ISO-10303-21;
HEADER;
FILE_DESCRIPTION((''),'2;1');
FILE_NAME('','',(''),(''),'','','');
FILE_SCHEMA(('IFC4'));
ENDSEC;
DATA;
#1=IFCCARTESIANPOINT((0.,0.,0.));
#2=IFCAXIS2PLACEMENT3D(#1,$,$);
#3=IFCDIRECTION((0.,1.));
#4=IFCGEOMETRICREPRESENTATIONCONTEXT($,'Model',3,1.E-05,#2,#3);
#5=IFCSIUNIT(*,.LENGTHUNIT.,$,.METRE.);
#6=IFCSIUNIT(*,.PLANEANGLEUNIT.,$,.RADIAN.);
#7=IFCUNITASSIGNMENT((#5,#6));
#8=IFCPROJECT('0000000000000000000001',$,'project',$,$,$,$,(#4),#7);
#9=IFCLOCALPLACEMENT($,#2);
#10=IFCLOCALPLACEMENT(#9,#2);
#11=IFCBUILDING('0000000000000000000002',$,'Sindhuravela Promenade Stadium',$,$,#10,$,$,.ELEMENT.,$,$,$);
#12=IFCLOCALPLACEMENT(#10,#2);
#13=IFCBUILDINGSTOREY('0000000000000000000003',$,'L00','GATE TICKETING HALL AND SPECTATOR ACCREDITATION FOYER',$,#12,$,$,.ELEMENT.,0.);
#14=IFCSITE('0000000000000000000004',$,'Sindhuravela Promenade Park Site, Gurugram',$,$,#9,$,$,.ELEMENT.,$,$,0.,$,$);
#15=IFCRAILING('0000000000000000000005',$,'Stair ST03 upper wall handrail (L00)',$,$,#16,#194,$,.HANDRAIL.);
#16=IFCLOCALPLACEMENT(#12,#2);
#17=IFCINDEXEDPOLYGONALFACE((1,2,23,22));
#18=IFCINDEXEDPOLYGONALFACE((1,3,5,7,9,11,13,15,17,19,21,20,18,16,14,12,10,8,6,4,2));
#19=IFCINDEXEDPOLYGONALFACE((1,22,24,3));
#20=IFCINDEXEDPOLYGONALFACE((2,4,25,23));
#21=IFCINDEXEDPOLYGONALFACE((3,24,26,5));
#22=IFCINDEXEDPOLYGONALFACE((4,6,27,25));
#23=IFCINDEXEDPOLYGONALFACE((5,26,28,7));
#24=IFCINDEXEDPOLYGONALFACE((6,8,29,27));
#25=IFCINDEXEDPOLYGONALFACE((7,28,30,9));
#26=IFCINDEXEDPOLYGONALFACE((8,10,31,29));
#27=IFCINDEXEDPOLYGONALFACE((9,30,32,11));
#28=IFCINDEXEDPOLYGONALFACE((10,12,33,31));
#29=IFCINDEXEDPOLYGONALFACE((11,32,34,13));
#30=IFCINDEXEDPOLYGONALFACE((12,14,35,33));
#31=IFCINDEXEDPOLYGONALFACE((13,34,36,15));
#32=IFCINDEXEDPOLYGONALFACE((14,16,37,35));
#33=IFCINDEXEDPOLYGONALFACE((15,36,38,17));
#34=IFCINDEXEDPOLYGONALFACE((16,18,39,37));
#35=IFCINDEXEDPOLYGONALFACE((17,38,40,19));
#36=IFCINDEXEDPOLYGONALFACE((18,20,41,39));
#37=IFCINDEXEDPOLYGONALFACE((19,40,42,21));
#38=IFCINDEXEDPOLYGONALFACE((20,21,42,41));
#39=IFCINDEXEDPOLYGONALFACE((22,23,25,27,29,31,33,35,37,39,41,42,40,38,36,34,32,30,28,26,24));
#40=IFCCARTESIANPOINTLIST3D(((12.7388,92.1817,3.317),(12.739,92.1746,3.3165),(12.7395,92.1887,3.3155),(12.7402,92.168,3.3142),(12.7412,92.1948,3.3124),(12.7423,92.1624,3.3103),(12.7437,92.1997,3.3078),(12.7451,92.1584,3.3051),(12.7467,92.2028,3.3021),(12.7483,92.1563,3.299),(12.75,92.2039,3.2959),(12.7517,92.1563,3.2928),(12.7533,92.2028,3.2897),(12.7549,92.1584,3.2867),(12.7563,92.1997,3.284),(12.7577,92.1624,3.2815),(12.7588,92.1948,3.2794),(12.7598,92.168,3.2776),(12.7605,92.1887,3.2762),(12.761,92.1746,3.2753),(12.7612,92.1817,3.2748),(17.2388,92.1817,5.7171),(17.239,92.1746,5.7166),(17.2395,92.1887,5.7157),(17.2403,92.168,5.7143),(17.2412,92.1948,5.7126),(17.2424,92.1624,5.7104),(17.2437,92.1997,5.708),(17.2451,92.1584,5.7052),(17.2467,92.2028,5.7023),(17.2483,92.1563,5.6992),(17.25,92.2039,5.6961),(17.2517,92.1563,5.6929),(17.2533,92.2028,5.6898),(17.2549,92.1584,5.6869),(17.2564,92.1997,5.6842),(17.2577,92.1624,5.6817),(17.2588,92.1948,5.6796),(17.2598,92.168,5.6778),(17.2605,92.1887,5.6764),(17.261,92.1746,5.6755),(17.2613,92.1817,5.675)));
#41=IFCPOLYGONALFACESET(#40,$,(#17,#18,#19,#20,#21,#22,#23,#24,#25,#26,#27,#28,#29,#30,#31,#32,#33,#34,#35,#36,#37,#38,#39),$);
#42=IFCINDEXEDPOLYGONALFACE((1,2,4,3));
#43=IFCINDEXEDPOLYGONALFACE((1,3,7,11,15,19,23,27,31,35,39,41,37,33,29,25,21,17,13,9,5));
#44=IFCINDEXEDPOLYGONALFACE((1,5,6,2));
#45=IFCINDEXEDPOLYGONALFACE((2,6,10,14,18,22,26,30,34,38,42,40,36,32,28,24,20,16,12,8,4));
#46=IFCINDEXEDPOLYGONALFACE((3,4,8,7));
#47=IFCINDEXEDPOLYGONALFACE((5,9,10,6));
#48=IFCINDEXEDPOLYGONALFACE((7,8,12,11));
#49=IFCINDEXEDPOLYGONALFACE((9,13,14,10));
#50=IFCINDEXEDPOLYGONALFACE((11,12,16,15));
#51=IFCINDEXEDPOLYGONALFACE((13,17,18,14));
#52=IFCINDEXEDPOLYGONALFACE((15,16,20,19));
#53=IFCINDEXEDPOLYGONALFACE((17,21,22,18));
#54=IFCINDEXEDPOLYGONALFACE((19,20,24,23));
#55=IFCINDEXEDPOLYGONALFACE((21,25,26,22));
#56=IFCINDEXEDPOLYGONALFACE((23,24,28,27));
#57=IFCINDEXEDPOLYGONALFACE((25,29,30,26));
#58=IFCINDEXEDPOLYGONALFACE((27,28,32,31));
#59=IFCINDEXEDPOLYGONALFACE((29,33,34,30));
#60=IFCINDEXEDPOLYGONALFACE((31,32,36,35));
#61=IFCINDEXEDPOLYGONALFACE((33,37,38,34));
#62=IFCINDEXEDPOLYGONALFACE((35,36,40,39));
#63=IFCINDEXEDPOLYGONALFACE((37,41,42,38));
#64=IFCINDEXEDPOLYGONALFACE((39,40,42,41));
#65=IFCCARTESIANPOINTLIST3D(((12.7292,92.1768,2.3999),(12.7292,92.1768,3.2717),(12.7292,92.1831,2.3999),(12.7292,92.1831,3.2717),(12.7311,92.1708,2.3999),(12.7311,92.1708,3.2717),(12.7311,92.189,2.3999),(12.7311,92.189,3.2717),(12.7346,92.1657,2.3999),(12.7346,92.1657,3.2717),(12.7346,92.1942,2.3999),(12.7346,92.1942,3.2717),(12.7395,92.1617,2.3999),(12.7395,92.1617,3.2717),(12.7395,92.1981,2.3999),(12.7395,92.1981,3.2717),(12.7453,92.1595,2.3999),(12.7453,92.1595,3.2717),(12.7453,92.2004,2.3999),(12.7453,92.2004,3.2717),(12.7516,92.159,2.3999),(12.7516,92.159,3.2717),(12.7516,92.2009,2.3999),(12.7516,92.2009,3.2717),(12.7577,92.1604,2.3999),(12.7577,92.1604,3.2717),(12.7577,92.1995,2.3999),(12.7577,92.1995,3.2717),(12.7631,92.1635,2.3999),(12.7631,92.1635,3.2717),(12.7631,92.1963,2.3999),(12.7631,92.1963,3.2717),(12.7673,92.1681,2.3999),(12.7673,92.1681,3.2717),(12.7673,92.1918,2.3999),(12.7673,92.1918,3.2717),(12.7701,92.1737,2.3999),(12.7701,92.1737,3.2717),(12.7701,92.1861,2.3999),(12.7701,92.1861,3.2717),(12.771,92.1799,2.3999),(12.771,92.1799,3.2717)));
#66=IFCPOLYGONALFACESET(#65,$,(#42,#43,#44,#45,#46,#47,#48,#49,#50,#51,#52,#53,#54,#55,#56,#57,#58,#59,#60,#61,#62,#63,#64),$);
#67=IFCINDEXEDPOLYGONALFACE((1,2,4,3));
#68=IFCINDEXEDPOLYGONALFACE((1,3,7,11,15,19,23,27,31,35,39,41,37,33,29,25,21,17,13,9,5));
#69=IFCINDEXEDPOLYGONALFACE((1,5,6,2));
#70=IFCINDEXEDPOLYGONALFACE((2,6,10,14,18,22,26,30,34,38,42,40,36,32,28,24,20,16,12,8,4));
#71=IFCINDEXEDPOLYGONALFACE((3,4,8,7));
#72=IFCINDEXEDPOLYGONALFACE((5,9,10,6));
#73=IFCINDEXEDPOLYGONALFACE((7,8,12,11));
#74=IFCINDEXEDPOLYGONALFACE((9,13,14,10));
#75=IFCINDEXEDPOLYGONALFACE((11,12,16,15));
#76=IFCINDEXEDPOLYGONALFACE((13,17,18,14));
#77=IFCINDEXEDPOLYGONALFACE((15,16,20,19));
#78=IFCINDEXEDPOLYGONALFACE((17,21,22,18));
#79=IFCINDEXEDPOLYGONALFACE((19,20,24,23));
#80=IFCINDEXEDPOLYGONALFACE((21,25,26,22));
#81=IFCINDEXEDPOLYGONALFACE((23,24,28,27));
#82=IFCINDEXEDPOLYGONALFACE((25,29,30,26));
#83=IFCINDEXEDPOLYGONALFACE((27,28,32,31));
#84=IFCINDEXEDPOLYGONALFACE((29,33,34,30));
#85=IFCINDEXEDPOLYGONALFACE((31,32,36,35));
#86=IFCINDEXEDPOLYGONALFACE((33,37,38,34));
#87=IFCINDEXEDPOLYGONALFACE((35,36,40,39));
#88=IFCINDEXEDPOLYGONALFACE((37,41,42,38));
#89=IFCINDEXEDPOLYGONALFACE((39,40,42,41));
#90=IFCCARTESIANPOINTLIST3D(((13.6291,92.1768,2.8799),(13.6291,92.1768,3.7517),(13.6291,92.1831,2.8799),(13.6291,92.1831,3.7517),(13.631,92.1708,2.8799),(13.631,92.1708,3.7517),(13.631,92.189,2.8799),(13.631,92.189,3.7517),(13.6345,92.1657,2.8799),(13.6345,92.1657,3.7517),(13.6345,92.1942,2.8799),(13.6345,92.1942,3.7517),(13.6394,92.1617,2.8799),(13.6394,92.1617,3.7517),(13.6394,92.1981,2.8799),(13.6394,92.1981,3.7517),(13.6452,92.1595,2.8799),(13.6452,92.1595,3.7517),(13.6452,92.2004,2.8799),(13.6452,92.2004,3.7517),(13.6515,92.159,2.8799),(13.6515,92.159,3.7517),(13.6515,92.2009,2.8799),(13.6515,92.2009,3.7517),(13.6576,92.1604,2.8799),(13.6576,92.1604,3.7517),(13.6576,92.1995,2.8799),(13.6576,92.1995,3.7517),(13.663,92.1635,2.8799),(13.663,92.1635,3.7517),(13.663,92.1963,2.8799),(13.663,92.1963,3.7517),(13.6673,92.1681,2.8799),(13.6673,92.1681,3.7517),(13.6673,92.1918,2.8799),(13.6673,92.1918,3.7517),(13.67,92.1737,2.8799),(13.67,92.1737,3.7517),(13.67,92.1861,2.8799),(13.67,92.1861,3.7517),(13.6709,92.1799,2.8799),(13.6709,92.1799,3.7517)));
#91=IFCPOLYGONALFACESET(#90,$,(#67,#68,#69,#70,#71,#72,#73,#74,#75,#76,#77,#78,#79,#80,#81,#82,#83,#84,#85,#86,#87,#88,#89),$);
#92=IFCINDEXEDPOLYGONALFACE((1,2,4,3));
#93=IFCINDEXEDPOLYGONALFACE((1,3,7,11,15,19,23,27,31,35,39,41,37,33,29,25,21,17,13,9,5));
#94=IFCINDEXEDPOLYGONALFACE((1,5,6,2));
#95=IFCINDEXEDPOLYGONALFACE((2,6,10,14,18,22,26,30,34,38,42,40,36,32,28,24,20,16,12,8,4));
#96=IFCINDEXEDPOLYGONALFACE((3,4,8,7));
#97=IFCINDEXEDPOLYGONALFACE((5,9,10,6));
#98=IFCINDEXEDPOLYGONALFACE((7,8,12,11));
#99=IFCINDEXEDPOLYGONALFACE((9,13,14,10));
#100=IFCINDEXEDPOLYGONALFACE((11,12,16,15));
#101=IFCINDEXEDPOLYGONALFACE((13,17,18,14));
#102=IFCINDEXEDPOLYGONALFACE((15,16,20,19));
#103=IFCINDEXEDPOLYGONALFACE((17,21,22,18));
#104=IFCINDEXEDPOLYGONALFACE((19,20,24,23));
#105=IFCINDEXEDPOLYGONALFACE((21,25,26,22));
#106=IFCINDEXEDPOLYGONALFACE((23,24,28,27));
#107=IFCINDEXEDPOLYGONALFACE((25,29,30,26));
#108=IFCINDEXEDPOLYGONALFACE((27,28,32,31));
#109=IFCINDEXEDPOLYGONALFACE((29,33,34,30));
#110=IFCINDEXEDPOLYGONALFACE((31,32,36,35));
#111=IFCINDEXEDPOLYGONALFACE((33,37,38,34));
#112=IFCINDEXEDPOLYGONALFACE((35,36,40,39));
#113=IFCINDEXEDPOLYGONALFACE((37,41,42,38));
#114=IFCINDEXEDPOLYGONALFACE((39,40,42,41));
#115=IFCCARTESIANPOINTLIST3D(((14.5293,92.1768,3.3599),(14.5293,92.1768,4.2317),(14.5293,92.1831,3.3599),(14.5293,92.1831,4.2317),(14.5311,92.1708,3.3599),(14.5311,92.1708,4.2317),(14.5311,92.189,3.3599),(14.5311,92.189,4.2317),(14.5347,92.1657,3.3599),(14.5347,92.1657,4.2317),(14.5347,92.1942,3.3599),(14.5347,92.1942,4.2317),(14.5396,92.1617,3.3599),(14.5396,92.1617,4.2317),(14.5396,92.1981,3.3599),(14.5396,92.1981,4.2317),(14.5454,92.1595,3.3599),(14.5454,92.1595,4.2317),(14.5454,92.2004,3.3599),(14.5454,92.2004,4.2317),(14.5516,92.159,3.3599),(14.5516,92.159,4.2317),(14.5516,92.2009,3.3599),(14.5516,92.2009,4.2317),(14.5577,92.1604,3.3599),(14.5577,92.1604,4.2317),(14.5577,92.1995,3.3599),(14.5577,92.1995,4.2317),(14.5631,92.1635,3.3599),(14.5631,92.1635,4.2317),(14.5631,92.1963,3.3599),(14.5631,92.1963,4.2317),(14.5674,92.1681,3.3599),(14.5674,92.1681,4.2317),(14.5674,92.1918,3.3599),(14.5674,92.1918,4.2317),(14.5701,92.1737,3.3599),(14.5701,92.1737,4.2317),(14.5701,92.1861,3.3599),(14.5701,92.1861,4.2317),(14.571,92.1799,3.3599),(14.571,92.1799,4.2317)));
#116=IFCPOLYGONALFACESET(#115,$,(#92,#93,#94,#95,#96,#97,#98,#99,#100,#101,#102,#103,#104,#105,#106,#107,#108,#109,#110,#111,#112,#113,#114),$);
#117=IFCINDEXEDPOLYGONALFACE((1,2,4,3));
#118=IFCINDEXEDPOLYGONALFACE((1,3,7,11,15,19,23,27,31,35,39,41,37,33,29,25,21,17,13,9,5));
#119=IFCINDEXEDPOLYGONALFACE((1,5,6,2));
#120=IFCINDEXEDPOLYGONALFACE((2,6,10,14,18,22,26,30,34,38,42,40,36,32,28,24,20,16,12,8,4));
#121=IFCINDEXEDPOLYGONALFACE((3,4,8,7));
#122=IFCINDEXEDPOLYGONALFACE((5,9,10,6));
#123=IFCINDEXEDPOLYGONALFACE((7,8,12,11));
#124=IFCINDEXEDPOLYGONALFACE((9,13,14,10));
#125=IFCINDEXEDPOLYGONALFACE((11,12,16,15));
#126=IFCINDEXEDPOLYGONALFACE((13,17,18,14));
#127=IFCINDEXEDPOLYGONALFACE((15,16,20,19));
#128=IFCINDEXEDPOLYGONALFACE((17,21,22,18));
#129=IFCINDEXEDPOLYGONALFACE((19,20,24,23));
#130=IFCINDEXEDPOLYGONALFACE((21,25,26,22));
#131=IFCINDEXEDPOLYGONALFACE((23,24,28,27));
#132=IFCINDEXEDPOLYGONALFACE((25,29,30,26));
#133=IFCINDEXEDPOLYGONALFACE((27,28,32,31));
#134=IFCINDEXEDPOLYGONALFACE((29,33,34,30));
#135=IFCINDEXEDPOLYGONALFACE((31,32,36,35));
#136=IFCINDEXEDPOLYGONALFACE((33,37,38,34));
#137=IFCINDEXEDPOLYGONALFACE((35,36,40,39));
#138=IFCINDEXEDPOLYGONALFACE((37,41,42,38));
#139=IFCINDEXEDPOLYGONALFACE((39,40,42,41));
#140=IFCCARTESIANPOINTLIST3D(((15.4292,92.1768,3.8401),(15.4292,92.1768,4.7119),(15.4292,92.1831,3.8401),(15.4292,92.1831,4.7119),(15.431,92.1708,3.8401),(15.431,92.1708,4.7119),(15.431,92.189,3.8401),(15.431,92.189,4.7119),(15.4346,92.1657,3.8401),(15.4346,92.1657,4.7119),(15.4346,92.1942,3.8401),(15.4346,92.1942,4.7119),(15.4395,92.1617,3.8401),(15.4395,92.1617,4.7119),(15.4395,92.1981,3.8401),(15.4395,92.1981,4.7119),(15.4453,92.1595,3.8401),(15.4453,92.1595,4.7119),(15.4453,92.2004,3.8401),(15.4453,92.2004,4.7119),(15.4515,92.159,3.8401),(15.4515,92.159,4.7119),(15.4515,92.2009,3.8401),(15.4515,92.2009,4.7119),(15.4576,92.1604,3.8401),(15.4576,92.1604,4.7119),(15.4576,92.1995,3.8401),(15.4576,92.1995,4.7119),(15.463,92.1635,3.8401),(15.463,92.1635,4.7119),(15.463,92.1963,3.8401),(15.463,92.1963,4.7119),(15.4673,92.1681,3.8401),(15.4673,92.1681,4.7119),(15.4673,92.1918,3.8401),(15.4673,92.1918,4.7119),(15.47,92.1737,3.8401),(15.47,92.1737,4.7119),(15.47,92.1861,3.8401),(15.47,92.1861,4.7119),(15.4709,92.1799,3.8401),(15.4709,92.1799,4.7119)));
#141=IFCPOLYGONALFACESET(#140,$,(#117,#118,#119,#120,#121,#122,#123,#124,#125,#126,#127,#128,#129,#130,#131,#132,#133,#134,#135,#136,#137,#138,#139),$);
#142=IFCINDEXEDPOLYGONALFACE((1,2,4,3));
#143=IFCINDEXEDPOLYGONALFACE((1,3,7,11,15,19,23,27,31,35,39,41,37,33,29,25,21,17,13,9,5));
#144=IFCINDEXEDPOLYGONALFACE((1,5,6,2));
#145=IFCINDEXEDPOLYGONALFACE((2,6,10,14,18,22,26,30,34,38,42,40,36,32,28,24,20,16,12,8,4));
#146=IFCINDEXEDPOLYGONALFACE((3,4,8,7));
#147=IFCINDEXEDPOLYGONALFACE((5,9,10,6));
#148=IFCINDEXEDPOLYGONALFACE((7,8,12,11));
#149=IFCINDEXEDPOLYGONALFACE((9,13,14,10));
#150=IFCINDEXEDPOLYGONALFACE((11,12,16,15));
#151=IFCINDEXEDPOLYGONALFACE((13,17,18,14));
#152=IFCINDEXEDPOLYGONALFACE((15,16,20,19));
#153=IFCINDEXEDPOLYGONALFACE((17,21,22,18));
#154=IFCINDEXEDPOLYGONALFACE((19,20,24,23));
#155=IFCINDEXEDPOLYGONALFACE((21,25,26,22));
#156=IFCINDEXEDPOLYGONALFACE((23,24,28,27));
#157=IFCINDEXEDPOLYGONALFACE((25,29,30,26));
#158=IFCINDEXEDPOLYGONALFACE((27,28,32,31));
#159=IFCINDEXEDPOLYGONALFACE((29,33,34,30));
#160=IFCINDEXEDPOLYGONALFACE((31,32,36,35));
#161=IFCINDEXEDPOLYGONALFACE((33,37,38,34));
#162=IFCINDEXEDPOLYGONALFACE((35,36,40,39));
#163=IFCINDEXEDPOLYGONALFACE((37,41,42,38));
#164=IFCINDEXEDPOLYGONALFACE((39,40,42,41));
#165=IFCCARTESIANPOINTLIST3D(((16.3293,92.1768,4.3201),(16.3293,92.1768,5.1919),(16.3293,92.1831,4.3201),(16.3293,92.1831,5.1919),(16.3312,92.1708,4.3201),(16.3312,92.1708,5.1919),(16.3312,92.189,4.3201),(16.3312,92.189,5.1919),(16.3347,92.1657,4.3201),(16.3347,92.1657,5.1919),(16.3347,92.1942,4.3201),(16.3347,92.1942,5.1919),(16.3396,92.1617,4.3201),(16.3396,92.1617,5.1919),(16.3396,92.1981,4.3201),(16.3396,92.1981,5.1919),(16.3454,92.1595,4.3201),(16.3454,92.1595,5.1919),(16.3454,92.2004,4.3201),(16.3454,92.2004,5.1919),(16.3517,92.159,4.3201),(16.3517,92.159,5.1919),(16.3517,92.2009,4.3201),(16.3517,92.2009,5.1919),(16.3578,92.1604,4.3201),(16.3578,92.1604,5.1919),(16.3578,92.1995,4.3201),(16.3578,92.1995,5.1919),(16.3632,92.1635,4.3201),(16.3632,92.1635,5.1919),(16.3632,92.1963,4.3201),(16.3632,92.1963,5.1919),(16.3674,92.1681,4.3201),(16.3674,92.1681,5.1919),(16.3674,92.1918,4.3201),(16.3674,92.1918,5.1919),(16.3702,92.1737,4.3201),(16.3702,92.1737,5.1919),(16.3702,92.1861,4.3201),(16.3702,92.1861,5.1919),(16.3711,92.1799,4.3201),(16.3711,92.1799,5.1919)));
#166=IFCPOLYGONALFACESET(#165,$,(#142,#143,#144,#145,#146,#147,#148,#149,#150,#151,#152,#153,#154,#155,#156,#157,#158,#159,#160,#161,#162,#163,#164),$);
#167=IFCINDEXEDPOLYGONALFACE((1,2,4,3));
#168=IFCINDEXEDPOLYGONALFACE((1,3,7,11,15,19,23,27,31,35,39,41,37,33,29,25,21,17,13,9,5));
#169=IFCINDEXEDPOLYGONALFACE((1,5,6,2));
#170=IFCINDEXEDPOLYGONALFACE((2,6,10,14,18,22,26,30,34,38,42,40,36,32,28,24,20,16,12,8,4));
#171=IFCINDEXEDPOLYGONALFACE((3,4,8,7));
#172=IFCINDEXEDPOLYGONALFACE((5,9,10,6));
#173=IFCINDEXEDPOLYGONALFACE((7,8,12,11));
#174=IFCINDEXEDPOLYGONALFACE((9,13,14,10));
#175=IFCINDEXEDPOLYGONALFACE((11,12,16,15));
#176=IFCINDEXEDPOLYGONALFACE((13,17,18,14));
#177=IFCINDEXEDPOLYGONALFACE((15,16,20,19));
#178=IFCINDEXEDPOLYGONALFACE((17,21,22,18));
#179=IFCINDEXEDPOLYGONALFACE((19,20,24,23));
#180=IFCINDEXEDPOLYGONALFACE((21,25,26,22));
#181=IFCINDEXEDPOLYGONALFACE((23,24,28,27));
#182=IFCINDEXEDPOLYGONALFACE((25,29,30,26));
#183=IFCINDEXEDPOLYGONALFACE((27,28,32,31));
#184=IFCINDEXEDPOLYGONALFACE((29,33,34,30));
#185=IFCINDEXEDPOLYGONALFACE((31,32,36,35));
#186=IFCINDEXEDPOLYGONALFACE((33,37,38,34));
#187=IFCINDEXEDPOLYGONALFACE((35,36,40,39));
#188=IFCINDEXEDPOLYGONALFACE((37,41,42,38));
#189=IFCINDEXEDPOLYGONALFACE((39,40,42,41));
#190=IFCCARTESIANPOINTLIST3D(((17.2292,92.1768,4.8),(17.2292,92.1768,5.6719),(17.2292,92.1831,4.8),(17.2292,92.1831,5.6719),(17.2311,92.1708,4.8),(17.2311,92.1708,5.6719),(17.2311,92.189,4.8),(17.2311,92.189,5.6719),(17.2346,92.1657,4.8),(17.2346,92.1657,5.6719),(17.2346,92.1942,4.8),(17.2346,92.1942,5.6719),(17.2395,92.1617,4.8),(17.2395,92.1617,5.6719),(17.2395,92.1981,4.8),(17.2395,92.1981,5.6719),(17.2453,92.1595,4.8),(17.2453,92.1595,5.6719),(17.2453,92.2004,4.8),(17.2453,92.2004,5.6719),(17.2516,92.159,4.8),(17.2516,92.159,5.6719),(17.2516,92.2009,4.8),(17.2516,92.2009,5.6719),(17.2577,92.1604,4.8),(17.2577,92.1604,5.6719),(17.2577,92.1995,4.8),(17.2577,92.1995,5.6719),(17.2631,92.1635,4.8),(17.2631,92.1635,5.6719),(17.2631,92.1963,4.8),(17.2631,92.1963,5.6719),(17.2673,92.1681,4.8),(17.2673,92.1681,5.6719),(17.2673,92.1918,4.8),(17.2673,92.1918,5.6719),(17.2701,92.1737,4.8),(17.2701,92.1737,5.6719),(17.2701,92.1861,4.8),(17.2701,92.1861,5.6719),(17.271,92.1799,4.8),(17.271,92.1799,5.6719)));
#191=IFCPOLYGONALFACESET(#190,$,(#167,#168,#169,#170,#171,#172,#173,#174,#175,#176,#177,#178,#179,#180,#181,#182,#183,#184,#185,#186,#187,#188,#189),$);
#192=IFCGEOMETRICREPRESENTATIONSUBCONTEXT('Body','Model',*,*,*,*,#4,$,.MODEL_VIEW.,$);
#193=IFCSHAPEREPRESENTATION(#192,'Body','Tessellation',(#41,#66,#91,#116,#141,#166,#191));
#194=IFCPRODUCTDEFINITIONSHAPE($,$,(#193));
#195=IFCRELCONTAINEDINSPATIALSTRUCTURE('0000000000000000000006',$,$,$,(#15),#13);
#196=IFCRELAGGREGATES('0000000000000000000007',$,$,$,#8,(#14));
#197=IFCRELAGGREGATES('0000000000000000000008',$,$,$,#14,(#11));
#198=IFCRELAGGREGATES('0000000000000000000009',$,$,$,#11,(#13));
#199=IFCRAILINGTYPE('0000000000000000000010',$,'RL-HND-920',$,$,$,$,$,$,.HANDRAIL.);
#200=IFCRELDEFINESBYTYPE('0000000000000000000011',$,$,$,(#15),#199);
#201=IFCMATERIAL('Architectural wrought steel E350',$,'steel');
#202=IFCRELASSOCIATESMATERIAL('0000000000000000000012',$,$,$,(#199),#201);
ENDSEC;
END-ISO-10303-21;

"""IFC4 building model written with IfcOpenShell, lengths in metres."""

from ifc_helpers import new_model, si_unit, direction, frame, origin, origin_2d, place, context, subcontext, project, spatial, circle, extrude, material, type_object, element, save


model = new_model("IFC4")

# Units and contexts
model_context = context("Model", 3, precision=1e-05, world=origin(), true_north=direction((0.0, 1.0)))
body_context = subcontext(model_context, "Body", "Model", "MODEL_VIEW")
ifc_project = project(units=[si_unit("LENGTHUNIT", "METRE"), si_unit("PLANEANGLEUNIT", "RADIAN")], contexts=[model_context])

# Site, building, storey
site_placement = place(None, origin())
site = spatial("IfcSite", under=ifc_project, at=site_placement, Name="Sindhuravela Promenade Park Site, Gurugram", CompositionType="ELEMENT", RefElevation=0.0)
building_placement = place(site_placement, origin())
building = spatial("IfcBuilding", under=site, at=building_placement, Name="Sindhuravela Promenade Stadium", CompositionType="ELEMENT")
storey_placement = place(building_placement, origin())
storey = spatial("IfcBuildingStorey", under=building, at=storey_placement, Name="L00", Description="GATE TICKETING HALL AND SPECTATOR ACCREDITATION FOYER", CompositionType="ELEMENT", Elevation=0.0)

# Shared definitions
ifc_material_1 = material(Name="Architectural wrought steel E350", Category="steel")

# Railing
railing_type_1 = type_object("IfcRailingType", Name="RL-HND-920", PredefinedType="HANDRAIL", material=ifc_material_1)
railing_1_placement = place(storey_placement, frame((12.75, 92.1799, 2.3999)))
element("IfcRailing", 1, at=railing_1_placement, inside=storey, type_object=railing_type_1, Name="Stair ST03 upper wall handrail (L00)", PredefinedType="HANDRAIL", context=body_context, shape_type="SweptSolid", body=[
    extrude(circle(Radius=0.0239, at=origin_2d()), frame((0.0, 0.0, 0.896), z_axis=(0.882341, 0.0, 0.470611), x_axis=(0.0, 1.0, 0.0)), (0.0, 0.0, 1.0), 5.1001),
    extrude(circle(Radius=0.021, at=origin_2d()), origin(), (0.0, 0.0, 1.0), 0.8718),
    extrude(circle(Radius=0.021, at=origin_2d()), frame((0.8999, 0.0, 0.48)), (0.0, 0.0, 1.0), 0.8718),
    extrude(circle(Radius=0.021, at=origin_2d()), frame((1.8, 0.0, 0.96)), (0.0, 0.0, 1.0), 0.8718),
    extrude(circle(Radius=0.021, at=origin_2d()), frame((2.7, 0.0, 1.4402)), (0.0, 0.0, 1.0), 0.8718),
    extrude(circle(Radius=0.021, at=origin_2d()), frame((3.6001, 0.0, 1.9202)), (0.0, 0.0, 1.0), 0.8718),
    extrude(circle(Radius=0.021, at=origin_2d()), frame((4.5, 0.0, 2.4001)), (0.0, 0.0, 1.0), 0.8718),
])

save(model, "model.ifc")
